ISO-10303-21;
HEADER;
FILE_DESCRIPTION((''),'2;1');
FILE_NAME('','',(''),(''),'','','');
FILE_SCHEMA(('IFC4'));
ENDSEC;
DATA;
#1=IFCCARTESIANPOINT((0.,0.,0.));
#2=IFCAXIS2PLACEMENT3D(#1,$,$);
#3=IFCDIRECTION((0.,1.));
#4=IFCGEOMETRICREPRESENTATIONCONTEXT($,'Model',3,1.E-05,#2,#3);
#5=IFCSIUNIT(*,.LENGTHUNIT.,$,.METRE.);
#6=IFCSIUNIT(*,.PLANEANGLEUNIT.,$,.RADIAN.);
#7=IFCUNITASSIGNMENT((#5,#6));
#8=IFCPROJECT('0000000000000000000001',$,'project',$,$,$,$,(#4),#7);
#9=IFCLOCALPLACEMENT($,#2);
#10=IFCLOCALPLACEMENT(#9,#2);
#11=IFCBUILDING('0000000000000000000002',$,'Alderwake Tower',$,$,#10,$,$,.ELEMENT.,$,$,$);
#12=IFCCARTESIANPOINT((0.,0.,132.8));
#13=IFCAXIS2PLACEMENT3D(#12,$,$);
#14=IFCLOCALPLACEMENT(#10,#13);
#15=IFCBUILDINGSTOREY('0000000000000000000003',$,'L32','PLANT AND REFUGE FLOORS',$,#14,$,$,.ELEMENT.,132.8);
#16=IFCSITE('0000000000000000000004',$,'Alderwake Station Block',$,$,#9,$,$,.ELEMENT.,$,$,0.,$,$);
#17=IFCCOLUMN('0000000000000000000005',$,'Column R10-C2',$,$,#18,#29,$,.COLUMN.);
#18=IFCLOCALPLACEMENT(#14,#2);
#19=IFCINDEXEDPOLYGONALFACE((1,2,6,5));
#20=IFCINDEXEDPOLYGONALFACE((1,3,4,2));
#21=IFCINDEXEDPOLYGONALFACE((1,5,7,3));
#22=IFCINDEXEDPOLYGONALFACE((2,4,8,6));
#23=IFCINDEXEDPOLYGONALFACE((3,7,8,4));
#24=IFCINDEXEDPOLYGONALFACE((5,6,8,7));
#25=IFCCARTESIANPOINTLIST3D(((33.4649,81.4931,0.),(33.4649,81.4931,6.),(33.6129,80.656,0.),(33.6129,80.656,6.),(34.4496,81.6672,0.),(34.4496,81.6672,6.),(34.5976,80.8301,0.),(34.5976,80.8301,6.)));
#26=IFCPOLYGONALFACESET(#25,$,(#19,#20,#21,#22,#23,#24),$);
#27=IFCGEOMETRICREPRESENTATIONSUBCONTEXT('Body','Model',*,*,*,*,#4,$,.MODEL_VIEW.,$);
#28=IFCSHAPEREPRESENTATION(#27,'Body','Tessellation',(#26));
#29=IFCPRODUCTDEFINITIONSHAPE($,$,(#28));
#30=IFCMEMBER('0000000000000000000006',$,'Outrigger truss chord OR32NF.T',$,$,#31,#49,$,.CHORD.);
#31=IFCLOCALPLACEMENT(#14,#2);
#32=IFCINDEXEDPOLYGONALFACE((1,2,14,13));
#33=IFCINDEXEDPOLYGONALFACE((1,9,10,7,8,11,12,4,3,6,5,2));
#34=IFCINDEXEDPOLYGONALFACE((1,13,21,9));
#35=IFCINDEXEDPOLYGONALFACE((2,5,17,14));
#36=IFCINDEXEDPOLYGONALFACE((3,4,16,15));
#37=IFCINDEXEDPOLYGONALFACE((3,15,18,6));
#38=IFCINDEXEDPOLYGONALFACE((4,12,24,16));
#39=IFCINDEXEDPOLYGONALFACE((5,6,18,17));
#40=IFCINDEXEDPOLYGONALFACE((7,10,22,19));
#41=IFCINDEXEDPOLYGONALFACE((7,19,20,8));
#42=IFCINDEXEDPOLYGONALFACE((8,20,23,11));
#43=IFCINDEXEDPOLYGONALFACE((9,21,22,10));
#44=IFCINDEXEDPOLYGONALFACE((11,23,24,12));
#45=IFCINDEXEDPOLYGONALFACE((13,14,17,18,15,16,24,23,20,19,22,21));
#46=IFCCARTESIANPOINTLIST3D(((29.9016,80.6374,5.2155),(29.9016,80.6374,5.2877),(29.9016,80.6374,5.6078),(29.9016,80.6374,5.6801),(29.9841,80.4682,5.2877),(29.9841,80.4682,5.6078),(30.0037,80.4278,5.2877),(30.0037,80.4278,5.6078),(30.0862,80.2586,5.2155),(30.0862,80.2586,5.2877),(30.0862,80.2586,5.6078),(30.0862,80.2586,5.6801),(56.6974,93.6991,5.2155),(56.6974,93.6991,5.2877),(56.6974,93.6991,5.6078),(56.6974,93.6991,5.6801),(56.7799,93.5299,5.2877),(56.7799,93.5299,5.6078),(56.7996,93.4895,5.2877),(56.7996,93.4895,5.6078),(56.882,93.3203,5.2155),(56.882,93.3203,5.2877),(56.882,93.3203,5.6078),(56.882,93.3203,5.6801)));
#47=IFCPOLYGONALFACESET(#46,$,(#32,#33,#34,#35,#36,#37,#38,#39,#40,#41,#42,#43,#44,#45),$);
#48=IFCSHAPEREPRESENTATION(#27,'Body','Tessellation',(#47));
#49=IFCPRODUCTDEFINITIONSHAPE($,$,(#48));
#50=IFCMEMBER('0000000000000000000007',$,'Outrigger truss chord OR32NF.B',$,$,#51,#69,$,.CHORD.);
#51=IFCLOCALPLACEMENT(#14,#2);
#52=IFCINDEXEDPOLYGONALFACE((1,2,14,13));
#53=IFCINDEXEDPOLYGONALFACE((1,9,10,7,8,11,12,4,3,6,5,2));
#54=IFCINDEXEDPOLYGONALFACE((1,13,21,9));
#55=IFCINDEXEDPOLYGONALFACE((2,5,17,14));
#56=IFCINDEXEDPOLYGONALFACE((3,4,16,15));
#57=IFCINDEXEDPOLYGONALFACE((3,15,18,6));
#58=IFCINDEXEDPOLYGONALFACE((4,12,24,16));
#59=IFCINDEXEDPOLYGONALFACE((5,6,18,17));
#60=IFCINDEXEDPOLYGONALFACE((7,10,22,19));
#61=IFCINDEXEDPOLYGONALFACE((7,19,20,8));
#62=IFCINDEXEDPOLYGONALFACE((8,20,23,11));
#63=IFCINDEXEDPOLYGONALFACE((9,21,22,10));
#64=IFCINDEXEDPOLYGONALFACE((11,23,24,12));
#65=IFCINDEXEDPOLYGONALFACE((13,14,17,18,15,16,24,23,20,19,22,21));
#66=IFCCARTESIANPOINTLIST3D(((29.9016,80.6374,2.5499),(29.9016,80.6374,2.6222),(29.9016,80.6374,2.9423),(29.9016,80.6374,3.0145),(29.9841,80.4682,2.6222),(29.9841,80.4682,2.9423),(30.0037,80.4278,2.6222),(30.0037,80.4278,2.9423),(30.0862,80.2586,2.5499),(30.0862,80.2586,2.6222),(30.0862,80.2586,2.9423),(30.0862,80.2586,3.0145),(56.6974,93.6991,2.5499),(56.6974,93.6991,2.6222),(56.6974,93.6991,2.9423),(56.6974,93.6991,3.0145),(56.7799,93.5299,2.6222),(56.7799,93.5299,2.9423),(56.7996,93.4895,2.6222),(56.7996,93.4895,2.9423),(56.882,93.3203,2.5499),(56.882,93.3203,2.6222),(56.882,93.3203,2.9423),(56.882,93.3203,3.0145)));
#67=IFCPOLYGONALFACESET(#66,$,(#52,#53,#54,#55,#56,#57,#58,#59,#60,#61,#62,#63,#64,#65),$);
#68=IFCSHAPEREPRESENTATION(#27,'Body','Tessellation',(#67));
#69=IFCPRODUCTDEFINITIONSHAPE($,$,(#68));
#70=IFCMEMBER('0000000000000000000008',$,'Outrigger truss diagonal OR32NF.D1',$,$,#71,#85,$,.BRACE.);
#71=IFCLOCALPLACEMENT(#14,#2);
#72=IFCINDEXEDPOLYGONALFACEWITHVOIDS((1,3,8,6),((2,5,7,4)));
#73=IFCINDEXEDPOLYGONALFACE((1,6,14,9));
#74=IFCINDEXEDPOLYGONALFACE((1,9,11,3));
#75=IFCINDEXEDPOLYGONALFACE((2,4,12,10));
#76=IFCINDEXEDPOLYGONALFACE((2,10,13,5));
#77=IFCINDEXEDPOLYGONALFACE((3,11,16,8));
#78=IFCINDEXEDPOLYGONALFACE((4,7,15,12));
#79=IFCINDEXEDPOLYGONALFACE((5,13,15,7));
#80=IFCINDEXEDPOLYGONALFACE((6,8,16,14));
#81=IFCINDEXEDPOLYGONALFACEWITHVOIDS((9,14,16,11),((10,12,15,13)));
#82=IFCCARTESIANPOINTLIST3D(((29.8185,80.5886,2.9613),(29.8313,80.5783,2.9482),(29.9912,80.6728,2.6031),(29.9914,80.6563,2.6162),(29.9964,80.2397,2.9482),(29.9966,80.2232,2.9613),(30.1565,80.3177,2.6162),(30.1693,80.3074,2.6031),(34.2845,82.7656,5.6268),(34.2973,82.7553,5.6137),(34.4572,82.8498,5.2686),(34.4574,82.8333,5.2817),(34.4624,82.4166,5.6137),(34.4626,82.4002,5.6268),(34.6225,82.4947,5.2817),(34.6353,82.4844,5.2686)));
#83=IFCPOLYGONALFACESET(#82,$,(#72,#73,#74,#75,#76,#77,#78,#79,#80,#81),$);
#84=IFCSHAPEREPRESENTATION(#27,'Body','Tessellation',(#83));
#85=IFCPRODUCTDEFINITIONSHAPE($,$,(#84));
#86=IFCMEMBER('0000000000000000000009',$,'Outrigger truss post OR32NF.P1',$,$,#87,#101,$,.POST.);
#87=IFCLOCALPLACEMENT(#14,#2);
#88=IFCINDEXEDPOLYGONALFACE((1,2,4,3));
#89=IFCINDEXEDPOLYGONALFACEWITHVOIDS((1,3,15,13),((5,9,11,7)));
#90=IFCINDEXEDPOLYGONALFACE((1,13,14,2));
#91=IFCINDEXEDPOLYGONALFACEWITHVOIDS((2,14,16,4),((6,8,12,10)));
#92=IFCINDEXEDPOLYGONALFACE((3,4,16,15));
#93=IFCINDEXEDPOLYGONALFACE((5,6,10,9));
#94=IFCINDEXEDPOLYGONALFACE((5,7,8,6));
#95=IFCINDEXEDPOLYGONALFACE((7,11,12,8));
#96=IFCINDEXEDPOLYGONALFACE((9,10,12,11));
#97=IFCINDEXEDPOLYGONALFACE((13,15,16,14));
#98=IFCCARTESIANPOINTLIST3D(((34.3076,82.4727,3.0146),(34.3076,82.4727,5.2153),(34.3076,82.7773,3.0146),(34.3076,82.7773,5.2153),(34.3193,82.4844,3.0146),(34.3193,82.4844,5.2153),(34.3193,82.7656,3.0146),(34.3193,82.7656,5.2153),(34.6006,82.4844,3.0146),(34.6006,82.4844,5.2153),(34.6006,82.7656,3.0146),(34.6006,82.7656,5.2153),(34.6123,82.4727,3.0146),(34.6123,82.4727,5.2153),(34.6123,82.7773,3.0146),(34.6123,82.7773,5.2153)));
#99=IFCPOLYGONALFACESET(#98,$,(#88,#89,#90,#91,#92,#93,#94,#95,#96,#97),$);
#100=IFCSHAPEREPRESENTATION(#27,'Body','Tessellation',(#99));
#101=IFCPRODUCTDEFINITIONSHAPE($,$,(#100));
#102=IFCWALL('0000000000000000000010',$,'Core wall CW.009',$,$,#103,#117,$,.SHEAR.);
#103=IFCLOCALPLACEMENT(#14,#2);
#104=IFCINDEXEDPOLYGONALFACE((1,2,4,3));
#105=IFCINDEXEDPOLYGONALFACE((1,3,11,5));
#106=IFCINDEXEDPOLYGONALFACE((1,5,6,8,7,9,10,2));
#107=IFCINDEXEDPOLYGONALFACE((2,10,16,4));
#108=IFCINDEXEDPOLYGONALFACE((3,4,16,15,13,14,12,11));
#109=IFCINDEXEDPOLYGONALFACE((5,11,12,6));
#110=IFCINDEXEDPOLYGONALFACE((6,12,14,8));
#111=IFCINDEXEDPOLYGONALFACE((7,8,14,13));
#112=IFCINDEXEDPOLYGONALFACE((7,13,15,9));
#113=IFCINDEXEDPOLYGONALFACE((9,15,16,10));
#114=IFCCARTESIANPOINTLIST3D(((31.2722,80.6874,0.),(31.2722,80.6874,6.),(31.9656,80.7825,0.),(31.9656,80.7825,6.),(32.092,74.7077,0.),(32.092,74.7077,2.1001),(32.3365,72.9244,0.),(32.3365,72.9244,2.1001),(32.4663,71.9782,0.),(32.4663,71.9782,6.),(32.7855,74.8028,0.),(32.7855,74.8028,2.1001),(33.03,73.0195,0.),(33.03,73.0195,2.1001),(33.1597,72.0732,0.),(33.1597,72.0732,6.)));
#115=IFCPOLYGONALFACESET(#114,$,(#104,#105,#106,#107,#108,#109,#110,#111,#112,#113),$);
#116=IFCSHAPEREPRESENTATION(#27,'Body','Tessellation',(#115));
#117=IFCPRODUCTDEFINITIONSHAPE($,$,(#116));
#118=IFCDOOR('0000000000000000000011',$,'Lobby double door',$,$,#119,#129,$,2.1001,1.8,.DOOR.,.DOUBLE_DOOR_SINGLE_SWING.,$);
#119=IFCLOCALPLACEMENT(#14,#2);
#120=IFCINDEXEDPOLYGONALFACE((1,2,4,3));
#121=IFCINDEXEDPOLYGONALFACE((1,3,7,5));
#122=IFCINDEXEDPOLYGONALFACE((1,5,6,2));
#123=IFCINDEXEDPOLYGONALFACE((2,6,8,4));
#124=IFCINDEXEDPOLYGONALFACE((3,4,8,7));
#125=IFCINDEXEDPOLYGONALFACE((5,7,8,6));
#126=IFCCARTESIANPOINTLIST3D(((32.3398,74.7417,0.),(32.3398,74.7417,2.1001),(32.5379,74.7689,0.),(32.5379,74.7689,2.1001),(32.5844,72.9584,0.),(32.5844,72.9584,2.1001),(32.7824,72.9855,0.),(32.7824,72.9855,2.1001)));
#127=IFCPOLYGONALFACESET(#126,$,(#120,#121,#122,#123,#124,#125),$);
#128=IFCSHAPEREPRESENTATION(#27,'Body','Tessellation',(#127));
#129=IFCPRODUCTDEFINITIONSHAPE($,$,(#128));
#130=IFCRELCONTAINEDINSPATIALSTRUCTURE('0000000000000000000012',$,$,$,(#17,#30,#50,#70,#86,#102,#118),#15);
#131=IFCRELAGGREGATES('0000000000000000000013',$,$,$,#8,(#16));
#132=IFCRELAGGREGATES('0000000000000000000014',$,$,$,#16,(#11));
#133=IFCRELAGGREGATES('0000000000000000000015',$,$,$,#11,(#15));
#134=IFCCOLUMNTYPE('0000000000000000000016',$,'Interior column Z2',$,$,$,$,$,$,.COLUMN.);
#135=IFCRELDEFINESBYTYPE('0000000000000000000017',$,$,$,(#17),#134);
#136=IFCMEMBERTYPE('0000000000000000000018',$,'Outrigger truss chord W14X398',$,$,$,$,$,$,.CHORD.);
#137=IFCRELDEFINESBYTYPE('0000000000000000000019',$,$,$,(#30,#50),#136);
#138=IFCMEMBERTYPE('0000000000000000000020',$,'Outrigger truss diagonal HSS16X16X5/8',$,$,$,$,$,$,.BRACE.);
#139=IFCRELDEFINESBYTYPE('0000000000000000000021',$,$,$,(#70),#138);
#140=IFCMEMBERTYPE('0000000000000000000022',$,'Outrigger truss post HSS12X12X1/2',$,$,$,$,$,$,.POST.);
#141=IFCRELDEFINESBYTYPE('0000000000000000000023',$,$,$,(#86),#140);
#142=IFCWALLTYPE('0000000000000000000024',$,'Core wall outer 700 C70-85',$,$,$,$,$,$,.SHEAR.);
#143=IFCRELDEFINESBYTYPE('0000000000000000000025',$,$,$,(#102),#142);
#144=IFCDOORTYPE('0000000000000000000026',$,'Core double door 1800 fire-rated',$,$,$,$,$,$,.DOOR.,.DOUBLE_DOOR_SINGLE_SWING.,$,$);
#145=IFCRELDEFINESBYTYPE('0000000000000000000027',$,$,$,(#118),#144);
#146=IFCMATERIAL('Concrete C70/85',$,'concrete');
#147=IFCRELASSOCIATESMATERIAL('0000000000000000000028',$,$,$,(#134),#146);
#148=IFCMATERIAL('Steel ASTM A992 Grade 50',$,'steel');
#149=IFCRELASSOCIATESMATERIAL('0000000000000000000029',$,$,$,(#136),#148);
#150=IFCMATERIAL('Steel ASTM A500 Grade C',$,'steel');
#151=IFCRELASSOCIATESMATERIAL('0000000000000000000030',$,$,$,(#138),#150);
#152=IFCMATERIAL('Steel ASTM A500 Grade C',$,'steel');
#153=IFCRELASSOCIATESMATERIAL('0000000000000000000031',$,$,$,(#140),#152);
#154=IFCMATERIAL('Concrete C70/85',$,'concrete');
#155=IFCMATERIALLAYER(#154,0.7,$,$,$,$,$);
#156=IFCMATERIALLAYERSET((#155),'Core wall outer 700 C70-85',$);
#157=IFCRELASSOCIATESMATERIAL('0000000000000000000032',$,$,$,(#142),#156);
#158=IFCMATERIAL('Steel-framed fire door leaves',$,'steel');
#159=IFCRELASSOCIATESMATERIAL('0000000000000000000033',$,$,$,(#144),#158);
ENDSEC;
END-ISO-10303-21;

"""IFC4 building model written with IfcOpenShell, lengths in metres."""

from ifc_helpers import new_model, si_unit, direction, frame, frame_2d, origin, origin_2d, place, context, subcontext, project, spatial, rectangle, hollow_rectangle, i_section, extrude, material, layer, layer_set, material_profile, profile_set, type_object, element, fill, save


model = new_model("IFC4")

# Units and contexts
model_context = context("Model", 3, precision=1e-05, world=origin(), true_north=direction((0.0, 1.0)))
body_context = subcontext(model_context, "Body", "Model", "MODEL_VIEW")
ifc_project = project(units=[si_unit("LENGTHUNIT", "METRE"), si_unit("PLANEANGLEUNIT", "RADIAN")], contexts=[model_context])

# Site, building, storey
site_placement = place(None, origin())
site = spatial("IfcSite", under=ifc_project, at=site_placement, Name="Alderwake Station Block", CompositionType="ELEMENT", RefElevation=0.0)
building_placement = place(site_placement, origin())
building = spatial("IfcBuilding", under=site, at=building_placement, Name="Alderwake Tower", CompositionType="ELEMENT")
storey_placement = place(building_placement, frame((0.0, 0.0, 132.8)))
storey = spatial("IfcBuildingStorey", under=building, at=storey_placement, Name="L32", Description="PLANT AND REFUGE FLOORS", CompositionType="ELEMENT", Elevation=132.8)

# Column
ifc_material_1 = material(Name="Concrete C70/85", Category="concrete")
ifc_material_profile_1 = material_profile(ifc_material_1, rectangle(XDim=0.8501, YDim=1.0, at=origin_2d()), Name="RC 1000X850")
ifc_profile_set_1 = profile_set([ifc_material_profile_1], Name="Concrete C70/85")
column_type = type_object("IfcColumnType", Name="Interior column Z2", PredefinedType="COLUMN", material=ifc_profile_set_1)
column_placement = place(storey_placement, frame((34.0312, 81.1616, 0.0), z_axis=(0.0, 0.0, 1.0), x_axis=(-0.174109, 0.984726, 0.0)))
element("IfcColumn", 1, at=column_placement, inside=storey, type_object=column_type, Name="Column R10-C2", PredefinedType="COLUMN", context=body_context, shape_type="SweptSolid", body=[
    extrude(rectangle(XDim=0.8501, YDim=1.0, at=origin_2d()), origin(), (0.0, 0.0, 1.0), 6.0),
])

# Members
ifc_material_2 = material(Name="Steel ASTM A992 Grade 50", Category="steel")
ifc_material_profile_2 = material_profile(ifc_material_2, i_section(OverallWidth=0.4214, OverallDepth=0.4646, WebThickness=0.0449, FlangeThickness=0.0723, at=origin_2d()), Name="W14X398")
ifc_profile_set_2 = profile_set([ifc_material_profile_2], Name="Steel ASTM A992 Grade 50")
member_type_1 = type_object("IfcMemberType", Name="Outrigger truss chord W14X398", PredefinedType="CHORD", material=ifc_profile_set_2)
for number, where, z_axis, x_axis, name in (
    (2, (29.9939, 80.448, 5.4478), (0.898893, 0.438169, 0.0), (-0.438169, 0.898893, 0.0), "Outrigger truss chord OR32NF.T"),
    (3, (29.9939, 80.448, 2.7822), (0.898893, 0.438169, 0.0), (-0.438169, 0.898893, 0.0), "Outrigger truss chord OR32NF.B"),
):
    element("IfcMember", number, at=place(storey_placement, frame(where, z_axis=z_axis, x_axis=x_axis)), inside=storey, type_object=member_type_1, Name=name, PredefinedType="CHORD", context=body_context, shape_type="SweptSolid", body=[
        extrude(i_section(OverallWidth=0.4214, OverallDepth=0.4646, WebThickness=0.0449, FlangeThickness=0.0723, at=origin_2d()), origin(), (0.0, 0.0, 1.0), 29.8098),
    ])
ifc_material_3 = material(Name="Steel ASTM A500 Grade C", Category="steel")
ifc_material_profile_3 = material_profile(ifc_material_3, hollow_rectangle(XDim=0.4065, YDim=0.4065, WallThickness=0.0149, at=origin_2d()), Name="HSS16X16X5/8")
ifc_profile_set_3 = profile_set([ifc_material_profile_3], Name="Steel ASTM A500 Grade C")
member_type_2 = type_object("IfcMemberType", Name="Outrigger truss diagonal HSS16X16X5/8", PredefinedType="BRACE", material=ifc_profile_set_3)
member_1_placement = place(storey_placement, frame((29.9939, 80.448, 2.7822), z_axis=(0.792098, 0.386112, 0.472756), x_axis=(-0.438169, 0.898893, 0.0)))
element("IfcMember", 4, at=member_1_placement, inside=storey, type_object=member_type_2, Name="Outrigger truss diagonal OR32NF.D1", PredefinedType="BRACE", context=body_context, shape_type="SweptSolid", body=[
    extrude(hollow_rectangle(XDim=0.4065, YDim=0.4065, WallThickness=0.0149, at=origin_2d()), origin(), (0.0, 0.0, 1.0), 5.6382),
])
ifc_material_4 = material(Name="Steel ASTM A500 Grade C", Category="steel")
ifc_material_profile_4 = material_profile(ifc_material_4, hollow_rectangle(XDim=0.3047, YDim=0.3047, WallThickness=0.0117, at=origin_2d()), Name="HSS12X12X1/2")
ifc_profile_set_4 = profile_set([ifc_material_profile_4], Name="Steel ASTM A500 Grade C")
member_type_3 = type_object("IfcMemberType", Name="Outrigger truss post HSS12X12X1/2", PredefinedType="POST", material=ifc_profile_set_4)
member_2_placement = place(storey_placement, frame((34.46, 82.625, 3.0146), z_axis=(0.0, 0.0, 1.0), x_axis=(1.0, 0.0, 0.0)))
element("IfcMember", 5, at=member_2_placement, inside=storey, type_object=member_type_3, Name="Outrigger truss post OR32NF.P1", PredefinedType="POST", context=body_context, shape_type="SweptSolid", body=[
    extrude(hollow_rectangle(XDim=0.3047, YDim=0.3047, WallThickness=0.0117, at=origin_2d()), origin(), (0.0, 0.0, 1.0), 2.2007),
])

# Wall, opening, door
ifc_material_5 = material(Name="Concrete C70/85", Category="concrete")
ifc_layer_1 = layer(ifc_material_5, 0.7)
ifc_layer_set_1 = layer_set([ifc_layer_1], Name="Core wall outer 700 C70-85")
wall_type_1 = type_object("IfcWallType", Name="Core wall outer 700 C70-85", PredefinedType="SHEAR", material=ifc_layer_set_1)
wall_1_placement = place(storey_placement, frame((31.6189, 80.7351, 0.0), z_axis=(0.0, 0.0, 1.0), x_axis=(0.135836, -0.990731, 0.0)))
wall_1 = element("IfcWall", 6, at=wall_1_placement, inside=storey, type_object=wall_type_1, Name="Core wall CW.009", PredefinedType="SHEAR", context=body_context, shape_type="SweptSolid", body=[
    extrude(rectangle(XDim=8.7908, YDim=0.7, at=frame_2d((4.3955, 0.0))), origin(), (0.0, 0.0, 1.0), 6.0),
])
opening_1_placement = place(wall_1_placement, frame((6.0359, 0.0, 0.0)))
opening_1 = element("IfcOpeningElement", 7, at=opening_1_placement, cuts=wall_1, PredefinedType="OPENING", context=body_context, shape_type="SweptSolid", body=[
    extrude(rectangle(XDim=1.8, YDim=2.1001, at=frame_2d((0.8999, 1.05))), frame((0.0, 0.3599, 0.0), z_axis=(0.0, -1.0, 0.0), x_axis=(1.0, 0.0, 0.0)), (0.0, 0.0, 1.0), 0.72),
])
ifc_material_6 = material(Name="Steel-framed fire door leaves", Category="steel")
door_type_1 = type_object("IfcDoorType", Name="Core double door 1800 fire-rated", OperationType="DOUBLE_DOOR_SINGLE_SWING", PredefinedType="DOOR", material=ifc_material_6)
door_1_placement = place(opening_1_placement, origin())
door_1 = element("IfcDoor", 8, at=door_1_placement, inside=storey, type_object=door_type_1, Name="Lobby double door", OperationType="DOUBLE_DOOR_SINGLE_SWING", OverallHeight=2.1001, OverallWidth=1.8, PredefinedType="DOOR", context=body_context, shape_type="SweptSolid", body=[
    extrude(rectangle(XDim=1.8, YDim=2.1001, at=frame_2d((0.8999, 1.05))), frame((0.0, 0.1001, 0.0), z_axis=(0.0, -1.0, 0.0), x_axis=(1.0, 0.0, 0.0)), (0.0, 0.0, 1.0), 0.2),
])
fill(opening_1, door_1)

save(model, "model.ifc")
